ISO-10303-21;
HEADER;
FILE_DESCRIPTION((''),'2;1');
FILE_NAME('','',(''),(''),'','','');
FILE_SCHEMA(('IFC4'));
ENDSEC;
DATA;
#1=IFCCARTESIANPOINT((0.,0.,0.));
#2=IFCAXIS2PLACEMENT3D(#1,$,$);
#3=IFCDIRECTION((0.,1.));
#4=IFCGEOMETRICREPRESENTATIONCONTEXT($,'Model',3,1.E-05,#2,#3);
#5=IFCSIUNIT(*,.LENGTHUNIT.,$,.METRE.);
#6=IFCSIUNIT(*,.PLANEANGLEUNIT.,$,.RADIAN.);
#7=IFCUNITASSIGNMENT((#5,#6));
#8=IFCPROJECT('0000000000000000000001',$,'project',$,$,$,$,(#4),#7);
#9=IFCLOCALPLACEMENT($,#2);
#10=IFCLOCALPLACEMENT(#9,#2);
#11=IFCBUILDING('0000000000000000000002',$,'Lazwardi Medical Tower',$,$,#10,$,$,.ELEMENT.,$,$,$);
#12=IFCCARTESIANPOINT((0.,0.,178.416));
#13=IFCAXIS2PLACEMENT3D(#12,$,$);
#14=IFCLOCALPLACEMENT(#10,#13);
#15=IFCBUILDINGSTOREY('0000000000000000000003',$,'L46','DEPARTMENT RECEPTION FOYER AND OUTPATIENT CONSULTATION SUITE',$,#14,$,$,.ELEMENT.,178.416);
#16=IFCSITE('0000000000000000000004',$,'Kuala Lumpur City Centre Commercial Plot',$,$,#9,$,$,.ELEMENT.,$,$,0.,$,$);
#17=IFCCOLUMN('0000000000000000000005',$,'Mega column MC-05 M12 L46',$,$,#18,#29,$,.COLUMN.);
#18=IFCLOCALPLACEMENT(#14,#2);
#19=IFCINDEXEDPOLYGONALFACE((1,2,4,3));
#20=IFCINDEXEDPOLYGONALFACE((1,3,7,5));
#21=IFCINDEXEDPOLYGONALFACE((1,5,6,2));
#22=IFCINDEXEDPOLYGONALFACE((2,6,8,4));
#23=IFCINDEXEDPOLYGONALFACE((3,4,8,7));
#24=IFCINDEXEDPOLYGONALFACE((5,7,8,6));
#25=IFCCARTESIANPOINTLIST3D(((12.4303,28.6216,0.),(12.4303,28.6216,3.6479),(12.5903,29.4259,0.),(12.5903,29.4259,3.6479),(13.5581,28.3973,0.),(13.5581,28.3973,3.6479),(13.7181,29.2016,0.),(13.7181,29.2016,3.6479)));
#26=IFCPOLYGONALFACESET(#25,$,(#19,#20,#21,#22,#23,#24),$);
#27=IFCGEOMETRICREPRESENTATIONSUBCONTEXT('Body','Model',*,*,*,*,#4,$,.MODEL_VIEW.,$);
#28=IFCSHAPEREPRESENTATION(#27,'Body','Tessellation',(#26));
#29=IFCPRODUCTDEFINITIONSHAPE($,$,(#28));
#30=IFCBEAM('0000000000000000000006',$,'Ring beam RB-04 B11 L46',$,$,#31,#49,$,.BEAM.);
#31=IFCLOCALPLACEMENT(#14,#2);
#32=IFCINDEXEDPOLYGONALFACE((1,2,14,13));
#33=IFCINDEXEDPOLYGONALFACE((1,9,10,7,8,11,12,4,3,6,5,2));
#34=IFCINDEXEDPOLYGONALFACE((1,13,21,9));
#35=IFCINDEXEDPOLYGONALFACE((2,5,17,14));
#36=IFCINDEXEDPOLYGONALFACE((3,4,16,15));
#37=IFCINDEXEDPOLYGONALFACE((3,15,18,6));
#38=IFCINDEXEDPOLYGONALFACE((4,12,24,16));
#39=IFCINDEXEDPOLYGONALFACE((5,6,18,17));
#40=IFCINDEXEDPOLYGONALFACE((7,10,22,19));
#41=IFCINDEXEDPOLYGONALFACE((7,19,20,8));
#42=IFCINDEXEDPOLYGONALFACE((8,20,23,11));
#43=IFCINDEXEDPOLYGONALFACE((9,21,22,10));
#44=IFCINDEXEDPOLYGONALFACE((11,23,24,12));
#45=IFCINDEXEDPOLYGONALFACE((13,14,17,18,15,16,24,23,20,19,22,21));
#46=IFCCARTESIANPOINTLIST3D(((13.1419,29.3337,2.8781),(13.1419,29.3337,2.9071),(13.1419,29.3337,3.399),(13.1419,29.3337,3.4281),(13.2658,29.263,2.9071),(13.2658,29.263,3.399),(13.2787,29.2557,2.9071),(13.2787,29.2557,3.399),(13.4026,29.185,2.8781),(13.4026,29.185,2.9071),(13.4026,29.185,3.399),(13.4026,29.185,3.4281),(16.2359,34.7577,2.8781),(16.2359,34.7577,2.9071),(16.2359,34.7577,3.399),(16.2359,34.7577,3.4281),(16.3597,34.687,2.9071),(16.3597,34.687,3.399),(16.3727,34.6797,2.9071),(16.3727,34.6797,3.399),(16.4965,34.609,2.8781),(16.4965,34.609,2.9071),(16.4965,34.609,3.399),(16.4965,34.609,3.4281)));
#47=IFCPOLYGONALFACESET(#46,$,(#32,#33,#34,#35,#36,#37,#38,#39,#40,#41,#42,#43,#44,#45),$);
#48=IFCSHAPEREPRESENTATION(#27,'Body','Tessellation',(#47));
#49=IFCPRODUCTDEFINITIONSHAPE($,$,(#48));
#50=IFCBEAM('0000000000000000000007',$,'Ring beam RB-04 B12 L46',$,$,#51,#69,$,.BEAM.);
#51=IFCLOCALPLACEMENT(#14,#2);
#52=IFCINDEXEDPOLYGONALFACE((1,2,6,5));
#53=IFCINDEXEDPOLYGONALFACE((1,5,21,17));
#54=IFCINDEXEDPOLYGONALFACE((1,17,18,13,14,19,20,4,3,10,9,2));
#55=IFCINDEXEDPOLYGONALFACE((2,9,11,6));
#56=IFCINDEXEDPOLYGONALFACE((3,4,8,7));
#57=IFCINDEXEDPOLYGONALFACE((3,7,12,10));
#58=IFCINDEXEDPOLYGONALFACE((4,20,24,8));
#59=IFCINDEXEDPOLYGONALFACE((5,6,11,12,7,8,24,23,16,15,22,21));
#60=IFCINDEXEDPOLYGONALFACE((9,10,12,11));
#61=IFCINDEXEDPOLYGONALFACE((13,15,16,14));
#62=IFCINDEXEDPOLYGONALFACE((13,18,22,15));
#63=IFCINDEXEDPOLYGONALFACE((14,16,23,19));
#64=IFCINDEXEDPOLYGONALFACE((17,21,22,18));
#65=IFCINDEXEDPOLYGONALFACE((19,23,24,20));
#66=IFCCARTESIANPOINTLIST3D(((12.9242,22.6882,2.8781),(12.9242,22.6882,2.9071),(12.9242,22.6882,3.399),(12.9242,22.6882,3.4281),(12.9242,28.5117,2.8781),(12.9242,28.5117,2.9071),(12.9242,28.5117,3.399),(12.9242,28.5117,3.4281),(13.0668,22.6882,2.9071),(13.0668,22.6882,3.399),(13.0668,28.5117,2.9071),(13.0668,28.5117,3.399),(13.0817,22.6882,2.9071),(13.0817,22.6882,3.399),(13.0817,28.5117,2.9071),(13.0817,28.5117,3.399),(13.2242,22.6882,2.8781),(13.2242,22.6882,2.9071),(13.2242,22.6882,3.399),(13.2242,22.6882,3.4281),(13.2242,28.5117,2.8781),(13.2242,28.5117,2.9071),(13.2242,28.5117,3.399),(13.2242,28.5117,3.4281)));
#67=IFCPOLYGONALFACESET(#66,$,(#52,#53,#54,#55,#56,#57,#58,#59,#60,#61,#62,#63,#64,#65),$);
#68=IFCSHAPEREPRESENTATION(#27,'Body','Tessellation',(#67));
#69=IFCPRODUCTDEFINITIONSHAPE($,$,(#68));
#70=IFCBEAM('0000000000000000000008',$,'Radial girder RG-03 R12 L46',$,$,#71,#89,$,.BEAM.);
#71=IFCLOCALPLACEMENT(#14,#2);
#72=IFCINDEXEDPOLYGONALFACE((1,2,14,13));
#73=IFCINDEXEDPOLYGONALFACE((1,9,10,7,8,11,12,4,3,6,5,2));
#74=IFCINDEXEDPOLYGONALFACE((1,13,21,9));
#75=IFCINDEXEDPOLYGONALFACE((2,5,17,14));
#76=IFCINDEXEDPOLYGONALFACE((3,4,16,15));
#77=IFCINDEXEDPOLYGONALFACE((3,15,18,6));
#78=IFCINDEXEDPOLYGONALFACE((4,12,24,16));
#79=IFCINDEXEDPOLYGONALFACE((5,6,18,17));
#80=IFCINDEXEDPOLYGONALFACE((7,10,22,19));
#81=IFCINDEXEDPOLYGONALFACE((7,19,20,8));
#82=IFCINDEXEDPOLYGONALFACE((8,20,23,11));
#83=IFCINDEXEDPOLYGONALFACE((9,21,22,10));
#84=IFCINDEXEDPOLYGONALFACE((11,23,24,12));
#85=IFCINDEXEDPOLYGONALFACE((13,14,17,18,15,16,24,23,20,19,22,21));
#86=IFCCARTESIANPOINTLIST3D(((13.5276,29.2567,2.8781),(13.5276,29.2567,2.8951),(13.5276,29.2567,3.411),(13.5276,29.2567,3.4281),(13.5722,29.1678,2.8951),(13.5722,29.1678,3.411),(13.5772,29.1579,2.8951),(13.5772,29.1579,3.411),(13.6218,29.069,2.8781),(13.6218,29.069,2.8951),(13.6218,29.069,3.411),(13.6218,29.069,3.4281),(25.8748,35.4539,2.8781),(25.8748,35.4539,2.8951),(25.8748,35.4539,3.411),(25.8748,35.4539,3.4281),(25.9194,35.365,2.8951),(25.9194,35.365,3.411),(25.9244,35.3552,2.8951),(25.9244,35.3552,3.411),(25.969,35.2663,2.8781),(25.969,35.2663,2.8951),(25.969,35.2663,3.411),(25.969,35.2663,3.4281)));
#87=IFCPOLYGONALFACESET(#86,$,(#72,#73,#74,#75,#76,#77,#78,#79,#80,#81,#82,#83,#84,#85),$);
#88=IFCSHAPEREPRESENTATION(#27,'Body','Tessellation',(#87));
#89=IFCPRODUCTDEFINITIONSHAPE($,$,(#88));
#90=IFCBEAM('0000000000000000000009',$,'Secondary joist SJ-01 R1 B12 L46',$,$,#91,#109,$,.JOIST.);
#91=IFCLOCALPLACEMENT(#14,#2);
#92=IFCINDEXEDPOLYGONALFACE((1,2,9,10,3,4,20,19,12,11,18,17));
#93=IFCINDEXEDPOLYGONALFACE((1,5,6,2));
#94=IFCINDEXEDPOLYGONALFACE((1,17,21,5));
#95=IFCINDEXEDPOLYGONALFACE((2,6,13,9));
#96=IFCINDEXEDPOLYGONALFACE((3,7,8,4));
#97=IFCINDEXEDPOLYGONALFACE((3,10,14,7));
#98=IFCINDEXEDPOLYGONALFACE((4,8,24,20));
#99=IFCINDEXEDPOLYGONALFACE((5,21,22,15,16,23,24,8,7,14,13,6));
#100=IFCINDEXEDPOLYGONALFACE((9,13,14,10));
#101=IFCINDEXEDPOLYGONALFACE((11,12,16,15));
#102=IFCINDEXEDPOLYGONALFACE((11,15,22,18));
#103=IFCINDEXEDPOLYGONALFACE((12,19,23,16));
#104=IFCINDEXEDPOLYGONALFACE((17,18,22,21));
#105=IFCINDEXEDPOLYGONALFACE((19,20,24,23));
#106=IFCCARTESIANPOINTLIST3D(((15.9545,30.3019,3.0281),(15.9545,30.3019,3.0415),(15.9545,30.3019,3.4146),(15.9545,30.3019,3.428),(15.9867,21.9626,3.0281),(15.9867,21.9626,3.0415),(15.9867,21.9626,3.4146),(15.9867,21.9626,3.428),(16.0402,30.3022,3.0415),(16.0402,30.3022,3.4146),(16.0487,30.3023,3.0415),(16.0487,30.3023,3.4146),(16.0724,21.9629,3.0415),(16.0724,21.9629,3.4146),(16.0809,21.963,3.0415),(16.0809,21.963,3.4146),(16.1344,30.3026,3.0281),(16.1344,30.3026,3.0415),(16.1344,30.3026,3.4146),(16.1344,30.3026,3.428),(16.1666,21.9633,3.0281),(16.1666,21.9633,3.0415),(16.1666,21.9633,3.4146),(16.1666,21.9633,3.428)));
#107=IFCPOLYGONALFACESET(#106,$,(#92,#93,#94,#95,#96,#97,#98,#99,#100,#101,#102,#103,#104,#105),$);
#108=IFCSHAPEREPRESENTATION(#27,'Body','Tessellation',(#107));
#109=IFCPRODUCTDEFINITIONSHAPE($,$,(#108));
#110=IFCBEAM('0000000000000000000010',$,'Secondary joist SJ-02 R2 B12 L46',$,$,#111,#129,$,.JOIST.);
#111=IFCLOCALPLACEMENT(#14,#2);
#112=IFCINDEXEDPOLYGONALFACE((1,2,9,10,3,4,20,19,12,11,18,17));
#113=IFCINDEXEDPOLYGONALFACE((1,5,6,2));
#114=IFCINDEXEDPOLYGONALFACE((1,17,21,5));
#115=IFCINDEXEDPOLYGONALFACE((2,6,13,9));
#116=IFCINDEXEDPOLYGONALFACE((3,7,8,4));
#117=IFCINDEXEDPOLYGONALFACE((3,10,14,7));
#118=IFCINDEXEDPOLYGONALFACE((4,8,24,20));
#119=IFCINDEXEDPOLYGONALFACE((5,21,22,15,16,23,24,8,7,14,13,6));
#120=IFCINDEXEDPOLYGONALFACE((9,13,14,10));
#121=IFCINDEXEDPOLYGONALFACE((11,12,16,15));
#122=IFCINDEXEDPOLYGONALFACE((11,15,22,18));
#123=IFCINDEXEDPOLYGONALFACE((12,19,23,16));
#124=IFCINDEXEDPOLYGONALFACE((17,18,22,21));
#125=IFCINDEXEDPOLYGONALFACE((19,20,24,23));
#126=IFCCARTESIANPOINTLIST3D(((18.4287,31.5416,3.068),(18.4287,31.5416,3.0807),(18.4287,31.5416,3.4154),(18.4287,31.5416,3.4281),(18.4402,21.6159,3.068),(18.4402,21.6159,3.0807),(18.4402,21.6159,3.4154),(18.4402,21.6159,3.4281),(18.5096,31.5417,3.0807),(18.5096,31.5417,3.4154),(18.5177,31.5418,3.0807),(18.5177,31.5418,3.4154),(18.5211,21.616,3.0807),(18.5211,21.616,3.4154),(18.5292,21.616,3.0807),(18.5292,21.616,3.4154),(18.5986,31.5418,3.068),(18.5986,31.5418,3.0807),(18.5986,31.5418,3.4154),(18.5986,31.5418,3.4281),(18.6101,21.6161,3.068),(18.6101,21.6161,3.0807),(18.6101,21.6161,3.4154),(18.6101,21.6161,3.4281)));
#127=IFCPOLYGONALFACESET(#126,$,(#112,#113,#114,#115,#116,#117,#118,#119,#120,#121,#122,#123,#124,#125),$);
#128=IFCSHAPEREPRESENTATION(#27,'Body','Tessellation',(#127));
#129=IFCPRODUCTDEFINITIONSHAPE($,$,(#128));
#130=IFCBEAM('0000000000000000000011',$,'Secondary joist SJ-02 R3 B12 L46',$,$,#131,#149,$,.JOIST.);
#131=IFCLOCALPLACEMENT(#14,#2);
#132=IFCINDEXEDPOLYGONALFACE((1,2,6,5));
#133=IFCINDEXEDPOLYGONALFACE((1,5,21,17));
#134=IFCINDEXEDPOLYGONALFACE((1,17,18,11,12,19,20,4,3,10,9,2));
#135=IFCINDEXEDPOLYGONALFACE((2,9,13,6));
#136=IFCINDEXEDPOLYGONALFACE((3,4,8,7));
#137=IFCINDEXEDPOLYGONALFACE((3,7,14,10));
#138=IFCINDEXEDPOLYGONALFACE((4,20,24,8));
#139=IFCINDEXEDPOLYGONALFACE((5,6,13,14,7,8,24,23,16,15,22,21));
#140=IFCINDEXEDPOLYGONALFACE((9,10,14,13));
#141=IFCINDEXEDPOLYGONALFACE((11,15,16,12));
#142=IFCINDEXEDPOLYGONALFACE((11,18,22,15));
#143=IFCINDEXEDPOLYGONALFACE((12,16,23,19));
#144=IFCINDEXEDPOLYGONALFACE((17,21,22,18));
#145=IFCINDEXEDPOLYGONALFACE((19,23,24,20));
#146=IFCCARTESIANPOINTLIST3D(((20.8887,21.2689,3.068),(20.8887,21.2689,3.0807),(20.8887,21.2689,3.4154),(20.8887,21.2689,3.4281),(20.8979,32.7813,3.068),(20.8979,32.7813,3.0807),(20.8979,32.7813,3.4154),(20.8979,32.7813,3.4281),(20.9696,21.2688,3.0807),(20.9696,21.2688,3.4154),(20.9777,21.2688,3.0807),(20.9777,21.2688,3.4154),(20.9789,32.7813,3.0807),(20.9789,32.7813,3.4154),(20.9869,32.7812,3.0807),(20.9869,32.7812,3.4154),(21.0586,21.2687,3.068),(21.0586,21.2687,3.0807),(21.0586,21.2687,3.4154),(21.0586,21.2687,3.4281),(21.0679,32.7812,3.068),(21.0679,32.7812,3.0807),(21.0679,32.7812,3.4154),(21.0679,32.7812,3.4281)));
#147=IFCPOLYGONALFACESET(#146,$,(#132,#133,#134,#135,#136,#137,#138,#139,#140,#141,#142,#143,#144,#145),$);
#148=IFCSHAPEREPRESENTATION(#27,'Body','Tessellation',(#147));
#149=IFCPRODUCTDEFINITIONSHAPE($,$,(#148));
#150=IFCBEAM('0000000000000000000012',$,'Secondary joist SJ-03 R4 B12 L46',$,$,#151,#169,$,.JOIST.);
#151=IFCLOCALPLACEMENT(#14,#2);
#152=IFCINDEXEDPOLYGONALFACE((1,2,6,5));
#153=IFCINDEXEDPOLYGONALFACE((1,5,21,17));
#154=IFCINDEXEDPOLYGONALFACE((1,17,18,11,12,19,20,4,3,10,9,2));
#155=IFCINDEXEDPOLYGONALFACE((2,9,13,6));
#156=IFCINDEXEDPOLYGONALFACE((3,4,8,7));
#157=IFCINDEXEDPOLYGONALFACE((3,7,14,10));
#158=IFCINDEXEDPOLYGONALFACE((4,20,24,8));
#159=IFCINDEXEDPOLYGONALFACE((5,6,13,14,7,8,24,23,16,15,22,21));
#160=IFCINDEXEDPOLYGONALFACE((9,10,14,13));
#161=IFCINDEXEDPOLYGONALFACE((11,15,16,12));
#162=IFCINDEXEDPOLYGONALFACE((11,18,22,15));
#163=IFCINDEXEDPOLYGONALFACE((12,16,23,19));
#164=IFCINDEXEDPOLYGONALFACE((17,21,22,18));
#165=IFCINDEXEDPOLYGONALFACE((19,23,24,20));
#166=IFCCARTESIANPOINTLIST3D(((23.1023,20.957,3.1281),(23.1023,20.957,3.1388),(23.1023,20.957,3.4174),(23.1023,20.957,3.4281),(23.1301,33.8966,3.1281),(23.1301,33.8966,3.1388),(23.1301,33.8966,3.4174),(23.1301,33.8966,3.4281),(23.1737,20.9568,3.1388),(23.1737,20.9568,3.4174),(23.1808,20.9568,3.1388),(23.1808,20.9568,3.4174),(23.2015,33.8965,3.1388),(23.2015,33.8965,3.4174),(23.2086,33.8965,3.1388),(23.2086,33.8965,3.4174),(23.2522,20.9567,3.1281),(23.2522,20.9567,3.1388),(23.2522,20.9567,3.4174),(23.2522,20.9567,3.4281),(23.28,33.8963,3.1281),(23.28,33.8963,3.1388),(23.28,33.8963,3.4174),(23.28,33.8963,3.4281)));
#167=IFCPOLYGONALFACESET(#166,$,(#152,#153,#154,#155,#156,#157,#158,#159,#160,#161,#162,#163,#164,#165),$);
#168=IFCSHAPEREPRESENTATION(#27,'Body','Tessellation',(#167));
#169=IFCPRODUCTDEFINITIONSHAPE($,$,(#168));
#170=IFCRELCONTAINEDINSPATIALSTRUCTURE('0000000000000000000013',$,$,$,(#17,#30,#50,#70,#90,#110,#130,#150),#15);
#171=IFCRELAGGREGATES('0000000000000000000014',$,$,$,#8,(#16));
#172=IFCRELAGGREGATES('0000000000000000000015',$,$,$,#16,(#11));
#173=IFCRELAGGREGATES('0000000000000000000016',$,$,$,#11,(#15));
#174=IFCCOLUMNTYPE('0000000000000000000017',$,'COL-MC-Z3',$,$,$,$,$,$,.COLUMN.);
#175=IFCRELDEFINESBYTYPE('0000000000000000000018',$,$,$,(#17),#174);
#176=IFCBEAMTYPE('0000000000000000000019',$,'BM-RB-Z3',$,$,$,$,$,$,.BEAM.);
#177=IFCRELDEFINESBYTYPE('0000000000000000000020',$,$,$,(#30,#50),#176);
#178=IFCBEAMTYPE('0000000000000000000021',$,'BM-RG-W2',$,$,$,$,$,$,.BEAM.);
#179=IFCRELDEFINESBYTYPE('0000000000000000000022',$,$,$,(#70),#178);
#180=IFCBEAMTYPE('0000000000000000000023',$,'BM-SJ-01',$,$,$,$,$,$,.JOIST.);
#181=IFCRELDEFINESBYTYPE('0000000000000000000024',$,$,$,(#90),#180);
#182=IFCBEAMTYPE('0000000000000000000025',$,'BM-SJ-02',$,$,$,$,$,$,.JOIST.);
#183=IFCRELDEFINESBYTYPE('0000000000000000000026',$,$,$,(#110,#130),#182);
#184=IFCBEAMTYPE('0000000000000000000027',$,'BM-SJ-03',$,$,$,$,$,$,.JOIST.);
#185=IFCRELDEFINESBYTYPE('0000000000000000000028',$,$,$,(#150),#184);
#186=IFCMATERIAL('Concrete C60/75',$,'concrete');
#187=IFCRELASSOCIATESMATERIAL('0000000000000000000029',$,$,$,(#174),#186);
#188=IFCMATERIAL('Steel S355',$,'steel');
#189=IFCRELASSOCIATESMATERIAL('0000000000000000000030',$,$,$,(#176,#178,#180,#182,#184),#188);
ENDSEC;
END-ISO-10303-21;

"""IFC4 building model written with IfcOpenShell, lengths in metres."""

from ifc_helpers import new_model, si_unit, direction, frame, origin, origin_2d, place, context, subcontext, project, spatial, rectangle, i_section, extrude, material, material_profile, profile_set, type_object, element, save


model = new_model("IFC4")

# Units and contexts
model_context = context("Model", 3, precision=1e-05, world=origin(), true_north=direction((0.0, 1.0)))
body_context = subcontext(model_context, "Body", "Model", "MODEL_VIEW")
ifc_project = project(units=[si_unit("LENGTHUNIT", "METRE"), si_unit("PLANEANGLEUNIT", "RADIAN")], contexts=[model_context])

# Site, building, storey
site_placement = place(None, origin())
site = spatial("IfcSite", under=ifc_project, at=site_placement, Name="Kuala Lumpur City Centre Commercial Plot", CompositionType="ELEMENT", RefElevation=0.0)
building_placement = place(site_placement, origin())
building = spatial("IfcBuilding", under=site, at=building_placement, Name="Lazwardi Medical Tower", CompositionType="ELEMENT")
storey_placement = place(building_placement, frame((0.0, 0.0, 178.416)))
storey = spatial("IfcBuildingStorey", under=building, at=storey_placement, Name="L46", Description="DEPARTMENT RECEPTION FOYER AND OUTPATIENT CONSULTATION SUITE", CompositionType="ELEMENT", Elevation=178.416)

# Column
ifc_material_1 = material(Name="Concrete C60/75", Category="concrete")
ifc_material_profile_1 = material_profile(ifc_material_1, rectangle(XDim=1.1499, YDim=0.8201, at=origin_2d()), Name="CFT-RECT 1150x820")
ifc_profile_set_1 = profile_set([ifc_material_profile_1], Name="Concrete C60/75")
column_type = type_object("IfcColumnType", Name="COL-MC-Z3", PredefinedType="COLUMN", material=ifc_profile_set_1)
column_placement = place(storey_placement, frame((13.0742, 28.9116, 0.0), z_axis=(0.0, 0.0, 1.0), x_axis=(-0.980785, 0.19509, 0.0)))
element("IfcColumn", 1, at=column_placement, inside=storey, type_object=column_type, Name="Mega column MC-05 M12 L46", PredefinedType="COLUMN", context=body_context, shape_type="SweptSolid", body=[
    extrude(rectangle(XDim=1.1499, YDim=0.8201, at=origin_2d()), origin(), (0.0, 0.0, 1.0), 3.6479),
])

# Beams
ifc_material_2 = material(Name="Steel S355", Category="steel")
ifc_material_profile_2 = material_profile(ifc_material_2, i_section(OverallWidth=0.3, OverallDepth=0.55, WebThickness=0.0149, FlangeThickness=0.0291, at=origin_2d()), Name="HEB 550")
ifc_profile_set_2 = profile_set([ifc_material_profile_2], Name="Steel S355")
beam_type_1 = type_object("IfcBeamType", Name="BM-RB-Z3", PredefinedType="BEAM", material=ifc_profile_set_2)
beam_1_placement = place(storey_placement, frame((16.3662, 34.6833, 3.1531), z_axis=(-0.495478, -0.868621, 0.0), x_axis=(0.868621, -0.495478, 0.0)))
element("IfcBeam", 2, at=beam_1_placement, inside=storey, type_object=beam_type_1, Name="Ring beam RB-04 B11 L46", PredefinedType="BEAM", context=body_context, shape_type="SweptSolid", body=[
    extrude(i_section(OverallWidth=0.3, OverallDepth=0.55, WebThickness=0.0149, FlangeThickness=0.0291, at=origin_2d()), origin(), (0.0, 0.0, 1.0), 6.2444),
])
beam_2_placement = place(storey_placement, frame((13.0742, 28.5117, 3.1531), z_axis=(0.0, -1.0, 0.0), x_axis=(1.0, 0.0, 0.0)))
element("IfcBeam", 3, at=beam_2_placement, inside=storey, type_object=beam_type_1, Name="Ring beam RB-04 B12 L46", PredefinedType="BEAM", context=body_context, shape_type="SweptSolid", body=[
    extrude(i_section(OverallWidth=0.3, OverallDepth=0.55, WebThickness=0.0149, FlangeThickness=0.0291, at=origin_2d()), origin(), (0.0, 0.0, 1.0), 5.8235),
])
ifc_material_profile_3 = material_profile(ifc_material_2, i_section(OverallWidth=0.21, OverallDepth=0.55, WebThickness=0.011, FlangeThickness=0.0171, at=origin_2d()), Name="IPE 550")
ifc_profile_set_3 = profile_set([ifc_material_profile_3], Name="Steel S355")
beam_type_2 = type_object("IfcBeamType", Name="BM-RG-W2", PredefinedType="BEAM", material=ifc_profile_set_3)
beam_3_placement = place(storey_placement, frame((13.5747, 29.1628, 3.1531), z_axis=(0.89374, 0.448584, 0.0), x_axis=(-0.448584, 0.89374, 0.0)))
element("IfcBeam", 4, at=beam_3_placement, inside=storey, type_object=beam_type_2, Name="Radial girder RG-03 R12 L46", PredefinedType="BEAM", context=body_context, shape_type="SweptSolid", body=[
    extrude(i_section(OverallWidth=0.21, OverallDepth=0.55, WebThickness=0.011, FlangeThickness=0.0171, at=origin_2d()), origin(), (0.0, 0.0, 1.0), 13.8152),
])
ifc_material_profile_4 = material_profile(ifc_material_2, i_section(OverallWidth=0.1799, OverallDepth=0.3999, WebThickness=0.0085, FlangeThickness=0.0134, at=origin_2d()), Name="IPE 400")
ifc_profile_set_4 = profile_set([ifc_material_profile_4], Name="Steel S355")
beam_type_3 = type_object("IfcBeamType", Name="BM-SJ-01", PredefinedType="JOIST", material=ifc_profile_set_4)
beam_4_placement = place(storey_placement, frame((16.0444, 30.3022, 3.228), z_axis=(0.003864, -0.999993, 0.0), x_axis=(0.999993, 0.003864, 0.0)))
element("IfcBeam", 5, at=beam_4_placement, inside=storey, type_object=beam_type_3, Name="Secondary joist SJ-01 R1 B12 L46", PredefinedType="JOIST", context=body_context, shape_type="SweptSolid", body=[
    extrude(i_section(OverallWidth=0.1799, OverallDepth=0.3999, WebThickness=0.0085, FlangeThickness=0.0134, at=origin_2d()), origin(), (0.0, 0.0, 1.0), 8.3394),
])
ifc_material_profile_5 = material_profile(ifc_material_2, i_section(OverallWidth=0.1699, OverallDepth=0.3601, WebThickness=0.0081, FlangeThickness=0.0127, at=origin_2d()), Name="IPE 360")
ifc_profile_set_5 = profile_set([ifc_material_profile_5], Name="Steel S355")
beam_type_4 = type_object("IfcBeamType", Name="BM-SJ-02", PredefinedType="JOIST", material=ifc_profile_set_5)
beam_5_placement = place(storey_placement, frame((18.5137, 31.5417, 3.248), z_axis=(0.001156, -0.999999, 0.0), x_axis=(0.999999, 0.001156, 0.0)))
element("IfcBeam", 6, at=beam_5_placement, inside=storey, type_object=beam_type_4, Name="Secondary joist SJ-02 R2 B12 L46", PredefinedType="JOIST", context=body_context, shape_type="SweptSolid", body=[
    extrude(i_section(OverallWidth=0.1699, OverallDepth=0.3601, WebThickness=0.0081, FlangeThickness=0.0127, at=origin_2d()), origin(), (0.0, 0.0, 1.0), 9.9258),
])
beam_6_placement = place(storey_placement, frame((20.9829, 32.7812, 3.248), z_axis=(-0.000806, -1.0, 0.0), x_axis=(1.0, -0.000806, 0.0)))
element("IfcBeam", 7, at=beam_6_placement, inside=storey, type_object=beam_type_4, Name="Secondary joist SJ-02 R3 B12 L46", PredefinedType="JOIST", context=body_context, shape_type="SweptSolid", body=[
    extrude(i_section(OverallWidth=0.1699, OverallDepth=0.3601, WebThickness=0.0081, FlangeThickness=0.0127, at=origin_2d()), origin(), (0.0, 0.0, 1.0), 11.5125),
])
ifc_material_profile_6 = material_profile(ifc_material_2, i_section(OverallWidth=0.1499, OverallDepth=0.3, WebThickness=0.0071, FlangeThickness=0.0107, at=origin_2d()), Name="IPE 300")
ifc_profile_set_6 = profile_set([ifc_material_profile_6], Name="Steel S355")
beam_type_5 = type_object("IfcBeamType", Name="BM-SJ-03", PredefinedType="JOIST", material=ifc_profile_set_6)
beam_7_placement = place(storey_placement, frame((23.2051, 33.8965, 3.2781), z_axis=(-0.002151, -0.999998, 0.0), x_axis=(0.999998, -0.002151, 0.0)))
element("IfcBeam", 8, at=beam_7_placement, inside=storey, type_object=beam_type_5, Name="Secondary joist SJ-03 R4 B12 L46", PredefinedType="JOIST", context=body_context, shape_type="SweptSolid", body=[
    extrude(i_section(OverallWidth=0.1499, OverallDepth=0.3, WebThickness=0.0071, FlangeThickness=0.0107, at=origin_2d()), origin(), (0.0, 0.0, 1.0), 12.9397),
])

save(model, "model.ifc")
